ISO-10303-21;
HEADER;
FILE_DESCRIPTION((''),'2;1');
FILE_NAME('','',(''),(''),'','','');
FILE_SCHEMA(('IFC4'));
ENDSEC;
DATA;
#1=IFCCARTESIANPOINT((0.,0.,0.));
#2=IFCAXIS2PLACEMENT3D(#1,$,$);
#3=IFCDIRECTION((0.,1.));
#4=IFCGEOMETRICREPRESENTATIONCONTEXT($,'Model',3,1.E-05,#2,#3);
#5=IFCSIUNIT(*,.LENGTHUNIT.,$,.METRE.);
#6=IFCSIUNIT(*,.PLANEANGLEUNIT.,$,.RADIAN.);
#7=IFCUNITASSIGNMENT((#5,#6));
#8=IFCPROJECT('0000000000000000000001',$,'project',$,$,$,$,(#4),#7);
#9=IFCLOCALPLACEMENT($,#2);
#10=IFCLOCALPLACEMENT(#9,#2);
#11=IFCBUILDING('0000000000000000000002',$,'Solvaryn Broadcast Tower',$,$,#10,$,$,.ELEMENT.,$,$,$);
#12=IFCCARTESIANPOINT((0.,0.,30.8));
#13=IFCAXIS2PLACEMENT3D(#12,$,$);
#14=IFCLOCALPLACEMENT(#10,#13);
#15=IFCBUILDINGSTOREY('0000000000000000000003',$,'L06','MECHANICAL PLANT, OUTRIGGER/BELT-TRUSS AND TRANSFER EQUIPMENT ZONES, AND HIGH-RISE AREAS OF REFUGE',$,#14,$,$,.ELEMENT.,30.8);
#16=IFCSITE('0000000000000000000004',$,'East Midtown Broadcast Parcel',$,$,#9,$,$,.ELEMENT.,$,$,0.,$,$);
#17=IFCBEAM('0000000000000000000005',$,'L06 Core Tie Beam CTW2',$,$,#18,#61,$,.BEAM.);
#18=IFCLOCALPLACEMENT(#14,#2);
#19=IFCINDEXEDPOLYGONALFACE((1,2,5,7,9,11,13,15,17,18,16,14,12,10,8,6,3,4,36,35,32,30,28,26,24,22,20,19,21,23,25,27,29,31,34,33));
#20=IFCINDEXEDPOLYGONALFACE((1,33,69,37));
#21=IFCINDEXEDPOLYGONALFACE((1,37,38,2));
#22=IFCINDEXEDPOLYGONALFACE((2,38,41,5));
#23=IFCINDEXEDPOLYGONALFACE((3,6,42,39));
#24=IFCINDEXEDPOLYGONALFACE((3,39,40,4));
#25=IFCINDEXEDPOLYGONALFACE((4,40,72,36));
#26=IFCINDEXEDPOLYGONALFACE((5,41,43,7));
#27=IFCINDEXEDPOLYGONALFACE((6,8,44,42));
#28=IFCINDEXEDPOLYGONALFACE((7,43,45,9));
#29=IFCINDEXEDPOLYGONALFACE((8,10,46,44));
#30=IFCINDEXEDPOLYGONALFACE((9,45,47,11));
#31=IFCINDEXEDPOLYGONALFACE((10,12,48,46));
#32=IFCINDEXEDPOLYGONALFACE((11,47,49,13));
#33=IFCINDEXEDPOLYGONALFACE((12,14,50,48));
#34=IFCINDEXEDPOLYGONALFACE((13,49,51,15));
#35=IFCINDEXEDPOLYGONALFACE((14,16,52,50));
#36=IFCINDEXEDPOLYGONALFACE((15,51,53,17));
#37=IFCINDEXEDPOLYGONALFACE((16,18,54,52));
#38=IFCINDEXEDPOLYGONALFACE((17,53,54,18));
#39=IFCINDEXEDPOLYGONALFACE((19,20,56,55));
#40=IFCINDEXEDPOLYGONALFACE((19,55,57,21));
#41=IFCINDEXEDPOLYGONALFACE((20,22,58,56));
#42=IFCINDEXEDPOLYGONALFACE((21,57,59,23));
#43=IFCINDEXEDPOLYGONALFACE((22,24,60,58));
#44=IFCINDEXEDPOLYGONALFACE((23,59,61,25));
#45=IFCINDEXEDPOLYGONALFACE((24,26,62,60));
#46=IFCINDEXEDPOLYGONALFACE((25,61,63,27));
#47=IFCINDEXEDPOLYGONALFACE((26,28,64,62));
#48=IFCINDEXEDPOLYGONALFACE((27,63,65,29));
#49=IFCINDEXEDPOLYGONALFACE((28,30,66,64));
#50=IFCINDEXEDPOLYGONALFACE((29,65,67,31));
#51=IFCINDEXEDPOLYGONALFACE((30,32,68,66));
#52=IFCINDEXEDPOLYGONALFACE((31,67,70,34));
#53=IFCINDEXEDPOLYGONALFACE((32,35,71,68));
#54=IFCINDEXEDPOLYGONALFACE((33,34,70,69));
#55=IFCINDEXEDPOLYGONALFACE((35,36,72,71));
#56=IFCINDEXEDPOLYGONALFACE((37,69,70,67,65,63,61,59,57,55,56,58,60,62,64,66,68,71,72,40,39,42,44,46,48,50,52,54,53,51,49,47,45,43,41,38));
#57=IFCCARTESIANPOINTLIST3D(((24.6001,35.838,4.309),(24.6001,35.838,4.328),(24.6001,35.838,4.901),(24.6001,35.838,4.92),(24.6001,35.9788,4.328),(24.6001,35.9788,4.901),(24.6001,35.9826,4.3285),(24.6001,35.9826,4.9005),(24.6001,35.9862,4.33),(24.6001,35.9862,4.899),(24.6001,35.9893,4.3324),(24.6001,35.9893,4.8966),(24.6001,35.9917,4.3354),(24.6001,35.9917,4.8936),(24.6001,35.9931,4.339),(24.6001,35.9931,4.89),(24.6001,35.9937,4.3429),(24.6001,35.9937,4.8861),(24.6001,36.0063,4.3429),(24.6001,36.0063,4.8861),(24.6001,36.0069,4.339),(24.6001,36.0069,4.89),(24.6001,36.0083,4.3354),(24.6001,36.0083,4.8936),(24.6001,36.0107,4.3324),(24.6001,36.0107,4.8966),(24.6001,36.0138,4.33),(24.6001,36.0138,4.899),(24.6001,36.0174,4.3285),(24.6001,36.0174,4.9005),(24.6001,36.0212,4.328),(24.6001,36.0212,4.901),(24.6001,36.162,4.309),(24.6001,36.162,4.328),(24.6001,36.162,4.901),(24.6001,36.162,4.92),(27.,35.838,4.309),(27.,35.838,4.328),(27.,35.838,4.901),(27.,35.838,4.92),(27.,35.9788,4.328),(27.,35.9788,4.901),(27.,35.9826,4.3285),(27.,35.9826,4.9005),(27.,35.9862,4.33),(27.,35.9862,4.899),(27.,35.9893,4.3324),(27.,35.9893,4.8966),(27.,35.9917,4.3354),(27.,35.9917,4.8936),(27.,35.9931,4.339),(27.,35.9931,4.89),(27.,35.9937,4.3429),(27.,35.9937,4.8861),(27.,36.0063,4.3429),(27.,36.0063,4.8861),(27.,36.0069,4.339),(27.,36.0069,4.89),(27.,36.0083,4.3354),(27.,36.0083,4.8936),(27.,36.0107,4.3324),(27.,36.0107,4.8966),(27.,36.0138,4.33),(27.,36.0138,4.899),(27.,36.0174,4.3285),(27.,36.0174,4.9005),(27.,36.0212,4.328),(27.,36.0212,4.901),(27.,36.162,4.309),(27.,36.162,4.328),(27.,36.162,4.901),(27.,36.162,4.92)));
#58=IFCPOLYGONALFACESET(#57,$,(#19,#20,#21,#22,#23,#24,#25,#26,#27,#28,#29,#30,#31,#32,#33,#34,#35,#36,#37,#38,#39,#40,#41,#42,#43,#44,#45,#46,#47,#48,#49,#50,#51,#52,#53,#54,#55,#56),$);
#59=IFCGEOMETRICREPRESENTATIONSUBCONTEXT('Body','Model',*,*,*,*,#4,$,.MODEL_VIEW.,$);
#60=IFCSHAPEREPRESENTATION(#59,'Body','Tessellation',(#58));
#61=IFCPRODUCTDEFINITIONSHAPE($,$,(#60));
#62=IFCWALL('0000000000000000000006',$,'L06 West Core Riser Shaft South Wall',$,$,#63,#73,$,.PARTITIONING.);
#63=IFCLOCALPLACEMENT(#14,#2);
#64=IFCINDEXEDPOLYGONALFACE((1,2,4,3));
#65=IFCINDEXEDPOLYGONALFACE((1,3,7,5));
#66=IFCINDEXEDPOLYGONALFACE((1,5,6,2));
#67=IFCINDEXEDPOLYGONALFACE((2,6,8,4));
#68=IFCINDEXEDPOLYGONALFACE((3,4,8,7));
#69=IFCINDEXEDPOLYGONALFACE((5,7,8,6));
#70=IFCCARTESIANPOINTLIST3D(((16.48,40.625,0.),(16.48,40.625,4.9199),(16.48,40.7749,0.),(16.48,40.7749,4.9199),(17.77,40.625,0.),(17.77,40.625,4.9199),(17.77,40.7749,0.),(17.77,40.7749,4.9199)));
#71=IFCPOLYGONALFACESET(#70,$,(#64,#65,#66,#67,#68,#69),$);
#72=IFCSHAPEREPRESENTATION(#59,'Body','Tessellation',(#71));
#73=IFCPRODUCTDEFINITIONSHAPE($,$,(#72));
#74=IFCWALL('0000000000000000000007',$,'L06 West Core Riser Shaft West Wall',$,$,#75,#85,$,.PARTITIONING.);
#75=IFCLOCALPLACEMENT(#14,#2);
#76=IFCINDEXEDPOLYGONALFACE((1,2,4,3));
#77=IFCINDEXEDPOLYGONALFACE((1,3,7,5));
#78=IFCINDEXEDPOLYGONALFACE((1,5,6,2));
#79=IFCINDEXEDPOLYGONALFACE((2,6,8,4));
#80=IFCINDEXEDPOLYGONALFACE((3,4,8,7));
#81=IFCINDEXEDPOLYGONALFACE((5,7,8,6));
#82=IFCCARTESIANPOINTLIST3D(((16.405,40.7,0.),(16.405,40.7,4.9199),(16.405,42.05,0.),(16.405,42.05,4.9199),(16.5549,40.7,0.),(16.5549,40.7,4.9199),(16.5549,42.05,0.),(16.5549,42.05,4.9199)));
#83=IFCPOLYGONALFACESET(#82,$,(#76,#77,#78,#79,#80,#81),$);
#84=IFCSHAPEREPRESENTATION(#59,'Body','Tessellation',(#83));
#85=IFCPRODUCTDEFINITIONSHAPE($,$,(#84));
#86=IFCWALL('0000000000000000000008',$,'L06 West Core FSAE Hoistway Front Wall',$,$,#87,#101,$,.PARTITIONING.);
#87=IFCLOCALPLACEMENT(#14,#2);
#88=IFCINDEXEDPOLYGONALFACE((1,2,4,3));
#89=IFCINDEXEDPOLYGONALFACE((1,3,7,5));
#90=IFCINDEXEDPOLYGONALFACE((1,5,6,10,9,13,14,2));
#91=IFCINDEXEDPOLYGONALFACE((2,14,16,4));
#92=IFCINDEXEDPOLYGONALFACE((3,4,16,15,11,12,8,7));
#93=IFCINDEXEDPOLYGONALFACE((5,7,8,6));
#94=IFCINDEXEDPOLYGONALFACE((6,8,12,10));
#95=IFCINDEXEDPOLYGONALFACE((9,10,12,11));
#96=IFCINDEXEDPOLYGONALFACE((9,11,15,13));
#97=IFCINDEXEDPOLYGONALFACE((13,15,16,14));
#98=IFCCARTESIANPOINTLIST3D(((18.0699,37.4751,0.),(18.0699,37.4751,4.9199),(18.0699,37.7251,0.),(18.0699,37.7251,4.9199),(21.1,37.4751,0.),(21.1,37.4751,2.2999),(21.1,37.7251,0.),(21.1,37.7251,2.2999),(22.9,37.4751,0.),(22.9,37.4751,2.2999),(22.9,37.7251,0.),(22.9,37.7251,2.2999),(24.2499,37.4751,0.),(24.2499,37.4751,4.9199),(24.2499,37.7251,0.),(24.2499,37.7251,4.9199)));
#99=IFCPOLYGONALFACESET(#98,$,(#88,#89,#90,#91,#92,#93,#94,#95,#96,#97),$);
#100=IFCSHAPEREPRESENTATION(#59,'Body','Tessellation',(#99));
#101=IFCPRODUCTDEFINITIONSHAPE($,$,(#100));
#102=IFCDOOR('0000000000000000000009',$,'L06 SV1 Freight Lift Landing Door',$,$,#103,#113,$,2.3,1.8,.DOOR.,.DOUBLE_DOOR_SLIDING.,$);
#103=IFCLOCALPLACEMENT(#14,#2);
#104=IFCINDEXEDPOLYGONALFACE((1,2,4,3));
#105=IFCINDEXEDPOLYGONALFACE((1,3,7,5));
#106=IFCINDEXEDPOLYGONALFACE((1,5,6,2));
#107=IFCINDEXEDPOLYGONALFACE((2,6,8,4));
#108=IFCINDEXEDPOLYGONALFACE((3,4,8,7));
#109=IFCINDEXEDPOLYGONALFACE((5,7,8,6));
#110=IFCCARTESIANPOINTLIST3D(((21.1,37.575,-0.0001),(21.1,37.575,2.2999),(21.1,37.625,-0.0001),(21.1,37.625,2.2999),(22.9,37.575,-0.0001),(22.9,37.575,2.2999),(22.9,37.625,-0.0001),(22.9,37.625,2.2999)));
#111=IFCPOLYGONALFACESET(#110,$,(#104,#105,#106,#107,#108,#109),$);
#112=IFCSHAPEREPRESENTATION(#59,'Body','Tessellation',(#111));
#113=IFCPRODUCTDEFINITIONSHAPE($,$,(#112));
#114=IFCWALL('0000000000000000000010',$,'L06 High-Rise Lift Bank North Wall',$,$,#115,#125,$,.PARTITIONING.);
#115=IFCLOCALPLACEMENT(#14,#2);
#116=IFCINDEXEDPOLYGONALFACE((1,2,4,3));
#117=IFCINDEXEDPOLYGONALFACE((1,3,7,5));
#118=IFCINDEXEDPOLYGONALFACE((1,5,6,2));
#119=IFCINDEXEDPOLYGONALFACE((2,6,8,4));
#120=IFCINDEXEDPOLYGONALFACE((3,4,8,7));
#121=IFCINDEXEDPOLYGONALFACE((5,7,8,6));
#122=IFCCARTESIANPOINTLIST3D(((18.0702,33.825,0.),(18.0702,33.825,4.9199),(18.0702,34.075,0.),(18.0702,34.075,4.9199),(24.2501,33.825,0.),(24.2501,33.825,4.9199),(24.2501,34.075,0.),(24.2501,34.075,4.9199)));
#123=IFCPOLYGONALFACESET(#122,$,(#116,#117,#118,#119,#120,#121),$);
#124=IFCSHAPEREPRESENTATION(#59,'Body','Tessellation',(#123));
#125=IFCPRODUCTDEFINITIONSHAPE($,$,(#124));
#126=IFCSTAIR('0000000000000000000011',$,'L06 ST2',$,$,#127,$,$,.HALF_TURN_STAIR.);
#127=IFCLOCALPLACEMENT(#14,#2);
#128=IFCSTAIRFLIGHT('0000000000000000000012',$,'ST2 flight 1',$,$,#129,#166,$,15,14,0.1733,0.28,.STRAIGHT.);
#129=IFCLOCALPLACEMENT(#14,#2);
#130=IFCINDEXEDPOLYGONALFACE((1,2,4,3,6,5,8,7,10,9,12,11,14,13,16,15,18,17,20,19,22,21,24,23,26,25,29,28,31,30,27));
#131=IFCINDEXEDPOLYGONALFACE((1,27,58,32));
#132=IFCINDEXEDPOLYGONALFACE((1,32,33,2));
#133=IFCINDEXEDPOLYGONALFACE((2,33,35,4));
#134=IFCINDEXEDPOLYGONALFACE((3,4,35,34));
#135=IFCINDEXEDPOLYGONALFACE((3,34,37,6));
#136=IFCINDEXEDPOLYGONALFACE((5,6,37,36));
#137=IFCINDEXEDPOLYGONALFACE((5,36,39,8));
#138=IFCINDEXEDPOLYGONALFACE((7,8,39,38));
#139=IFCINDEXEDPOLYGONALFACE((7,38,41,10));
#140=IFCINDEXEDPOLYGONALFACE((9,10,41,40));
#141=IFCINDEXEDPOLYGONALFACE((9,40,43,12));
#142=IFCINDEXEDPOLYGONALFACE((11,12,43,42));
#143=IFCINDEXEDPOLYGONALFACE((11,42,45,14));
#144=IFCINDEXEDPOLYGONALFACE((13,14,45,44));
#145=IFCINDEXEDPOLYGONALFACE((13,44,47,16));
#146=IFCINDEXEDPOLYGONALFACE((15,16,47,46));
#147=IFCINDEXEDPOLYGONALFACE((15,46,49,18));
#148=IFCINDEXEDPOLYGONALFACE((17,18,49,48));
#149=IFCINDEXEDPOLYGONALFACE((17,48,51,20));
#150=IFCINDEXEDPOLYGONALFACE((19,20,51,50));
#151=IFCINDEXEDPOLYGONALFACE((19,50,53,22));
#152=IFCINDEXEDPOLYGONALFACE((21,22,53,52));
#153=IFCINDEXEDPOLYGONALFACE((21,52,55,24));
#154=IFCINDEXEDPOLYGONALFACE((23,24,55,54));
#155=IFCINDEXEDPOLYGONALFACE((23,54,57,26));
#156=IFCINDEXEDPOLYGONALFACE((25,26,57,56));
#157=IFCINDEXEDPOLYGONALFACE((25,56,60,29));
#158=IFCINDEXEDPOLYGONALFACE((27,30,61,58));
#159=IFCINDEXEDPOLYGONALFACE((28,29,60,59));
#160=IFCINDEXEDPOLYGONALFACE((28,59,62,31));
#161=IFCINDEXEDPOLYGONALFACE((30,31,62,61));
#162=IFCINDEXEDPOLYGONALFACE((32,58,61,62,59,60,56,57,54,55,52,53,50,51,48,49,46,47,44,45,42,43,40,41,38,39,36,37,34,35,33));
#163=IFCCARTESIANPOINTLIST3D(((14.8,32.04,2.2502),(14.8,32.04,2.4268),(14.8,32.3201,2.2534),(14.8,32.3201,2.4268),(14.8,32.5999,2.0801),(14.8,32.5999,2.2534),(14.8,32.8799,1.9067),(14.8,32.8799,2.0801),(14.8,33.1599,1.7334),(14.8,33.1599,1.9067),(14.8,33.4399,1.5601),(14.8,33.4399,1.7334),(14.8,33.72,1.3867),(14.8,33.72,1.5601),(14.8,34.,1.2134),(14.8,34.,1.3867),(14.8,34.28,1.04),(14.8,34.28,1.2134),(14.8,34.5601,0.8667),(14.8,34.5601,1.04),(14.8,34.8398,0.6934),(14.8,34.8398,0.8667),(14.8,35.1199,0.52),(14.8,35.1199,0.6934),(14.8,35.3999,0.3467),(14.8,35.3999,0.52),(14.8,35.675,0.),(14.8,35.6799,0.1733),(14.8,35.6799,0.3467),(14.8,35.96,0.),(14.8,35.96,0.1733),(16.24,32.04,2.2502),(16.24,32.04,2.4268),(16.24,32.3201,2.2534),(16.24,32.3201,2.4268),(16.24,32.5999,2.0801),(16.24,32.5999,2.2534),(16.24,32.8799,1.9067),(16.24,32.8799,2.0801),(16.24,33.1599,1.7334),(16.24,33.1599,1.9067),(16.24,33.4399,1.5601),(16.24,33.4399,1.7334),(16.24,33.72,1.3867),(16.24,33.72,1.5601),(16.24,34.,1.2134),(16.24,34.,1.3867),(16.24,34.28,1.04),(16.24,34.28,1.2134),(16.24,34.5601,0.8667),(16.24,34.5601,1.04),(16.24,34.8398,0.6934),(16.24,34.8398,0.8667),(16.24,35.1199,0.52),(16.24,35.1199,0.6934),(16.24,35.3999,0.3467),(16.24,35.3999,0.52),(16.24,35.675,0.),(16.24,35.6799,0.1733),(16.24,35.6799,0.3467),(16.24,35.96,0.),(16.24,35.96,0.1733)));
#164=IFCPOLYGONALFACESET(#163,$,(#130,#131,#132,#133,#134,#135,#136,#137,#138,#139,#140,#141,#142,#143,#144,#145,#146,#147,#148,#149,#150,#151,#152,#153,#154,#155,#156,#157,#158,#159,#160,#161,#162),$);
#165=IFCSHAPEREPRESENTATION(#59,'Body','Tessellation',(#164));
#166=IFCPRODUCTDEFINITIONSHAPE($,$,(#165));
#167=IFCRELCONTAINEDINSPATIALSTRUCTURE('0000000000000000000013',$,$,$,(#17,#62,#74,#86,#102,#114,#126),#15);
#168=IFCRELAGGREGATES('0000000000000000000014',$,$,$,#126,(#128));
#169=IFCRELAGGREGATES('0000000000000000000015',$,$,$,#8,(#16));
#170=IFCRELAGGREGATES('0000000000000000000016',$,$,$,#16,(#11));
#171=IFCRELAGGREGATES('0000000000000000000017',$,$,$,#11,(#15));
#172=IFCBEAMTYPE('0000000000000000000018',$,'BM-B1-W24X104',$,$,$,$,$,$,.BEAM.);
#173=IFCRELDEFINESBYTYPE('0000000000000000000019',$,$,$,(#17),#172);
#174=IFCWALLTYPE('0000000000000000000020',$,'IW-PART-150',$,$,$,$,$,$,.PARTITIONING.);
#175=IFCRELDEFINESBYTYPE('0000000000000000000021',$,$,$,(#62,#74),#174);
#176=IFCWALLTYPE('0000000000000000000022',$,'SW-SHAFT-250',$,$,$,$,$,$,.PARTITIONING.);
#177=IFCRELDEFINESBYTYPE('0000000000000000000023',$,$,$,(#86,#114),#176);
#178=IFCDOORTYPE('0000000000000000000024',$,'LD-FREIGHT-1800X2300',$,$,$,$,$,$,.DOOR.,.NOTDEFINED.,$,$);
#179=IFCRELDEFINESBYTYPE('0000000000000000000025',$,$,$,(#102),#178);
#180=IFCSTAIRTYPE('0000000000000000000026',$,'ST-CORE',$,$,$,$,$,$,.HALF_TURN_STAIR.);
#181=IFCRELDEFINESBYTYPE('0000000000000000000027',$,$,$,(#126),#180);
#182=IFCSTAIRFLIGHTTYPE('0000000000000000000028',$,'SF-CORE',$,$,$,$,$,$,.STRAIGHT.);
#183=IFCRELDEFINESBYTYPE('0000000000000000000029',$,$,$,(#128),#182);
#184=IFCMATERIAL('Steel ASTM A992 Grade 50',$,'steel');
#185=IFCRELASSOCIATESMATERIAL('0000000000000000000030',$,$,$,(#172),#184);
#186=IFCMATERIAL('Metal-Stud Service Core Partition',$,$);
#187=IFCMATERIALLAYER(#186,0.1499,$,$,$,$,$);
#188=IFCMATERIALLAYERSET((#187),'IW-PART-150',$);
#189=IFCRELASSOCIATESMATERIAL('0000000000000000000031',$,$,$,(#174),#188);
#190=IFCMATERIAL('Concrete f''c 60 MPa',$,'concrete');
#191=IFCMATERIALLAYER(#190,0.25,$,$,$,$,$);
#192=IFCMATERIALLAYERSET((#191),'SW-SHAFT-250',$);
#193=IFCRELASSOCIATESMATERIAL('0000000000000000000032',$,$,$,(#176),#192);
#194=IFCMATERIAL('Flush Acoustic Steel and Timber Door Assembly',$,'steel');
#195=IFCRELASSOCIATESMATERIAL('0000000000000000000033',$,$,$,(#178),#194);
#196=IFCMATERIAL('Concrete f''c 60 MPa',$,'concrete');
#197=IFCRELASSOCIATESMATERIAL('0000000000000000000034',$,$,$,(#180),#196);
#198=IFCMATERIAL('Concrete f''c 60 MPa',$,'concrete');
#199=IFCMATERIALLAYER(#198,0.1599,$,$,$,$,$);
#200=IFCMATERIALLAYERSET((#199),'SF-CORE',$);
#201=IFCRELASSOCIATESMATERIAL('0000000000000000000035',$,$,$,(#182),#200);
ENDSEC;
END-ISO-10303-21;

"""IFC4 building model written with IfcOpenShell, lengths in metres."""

from ifc_helpers import new_model, si_unit, direction, frame, frame_2d, origin, origin_2d, place, context, subcontext, project, spatial, polyline, rectangle, i_section, outline, extrude, material, layer, layer_set, material_profile, profile_set, type_object, element, fill, aggregate, save


model = new_model("IFC4")

# Units and contexts
model_context = context("Model", 3, precision=1e-05, world=origin(), true_north=direction((0.0, 1.0)))
body_context = subcontext(model_context, "Body", "Model", "MODEL_VIEW")
ifc_project = project(units=[si_unit("LENGTHUNIT", "METRE"), si_unit("PLANEANGLEUNIT", "RADIAN")], contexts=[model_context])

# Site, building, storey
site_placement = place(None, origin())
site = spatial("IfcSite", under=ifc_project, at=site_placement, Name="East Midtown Broadcast Parcel", CompositionType="ELEMENT", RefElevation=0.0)
building_placement = place(site_placement, origin())
building = spatial("IfcBuilding", under=site, at=building_placement, Name="Solvaryn Broadcast Tower", CompositionType="ELEMENT")
storey_placement = place(building_placement, frame((0.0, 0.0, 30.8)))
storey = spatial("IfcBuildingStorey", under=building, at=storey_placement, Name="L06", Description="MECHANICAL PLANT, OUTRIGGER/BELT-TRUSS AND TRANSFER EQUIPMENT ZONES, AND HIGH-RISE AREAS OF REFUGE", CompositionType="ELEMENT", Elevation=30.8)

# Beam
ifc_material_1 = material(Name="Steel ASTM A992 Grade 50", Category="steel")
ifc_material_profile = material_profile(ifc_material_1, i_section(OverallWidth=0.324, OverallDepth=0.6111, WebThickness=0.0127, FlangeThickness=0.019, FilletRadius=0.0149, at=origin_2d()))
ifc_profile_set = profile_set([ifc_material_profile], Name="Steel ASTM A992 Grade 50")
beam_type = type_object("IfcBeamType", Name="BM-B1-W24X104", PredefinedType="BEAM", material=ifc_profile_set)
beam_placement = place(storey_placement, frame((24.6001, 36.0, 4.6145), z_axis=(1.0, 0.0, 0.0), x_axis=(0.0, 1.0, 0.0)))
element("IfcBeam", 1, at=beam_placement, inside=storey, type_object=beam_type, Name="L06 Core Tie Beam CTW2", PredefinedType="BEAM", context=body_context, shape_type="SweptSolid", body=[
    extrude(i_section(OverallWidth=0.324, OverallDepth=0.6111, WebThickness=0.0127, FlangeThickness=0.019, FilletRadius=0.0149, at=origin_2d()), origin(), (0.0, 0.0, 1.0), 2.3999),
])

# Walls
ifc_material_2 = material(Name="Metal-Stud Service Core Partition")
ifc_layer_1 = layer(ifc_material_2, 0.1499)
ifc_layer_set_1 = layer_set([ifc_layer_1], Name="IW-PART-150")
wall_type_1 = type_object("IfcWallType", Name="IW-PART-150", PredefinedType="PARTITIONING", material=ifc_layer_set_1)
wall_1_placement = place(storey_placement, frame((16.48, 40.7, 0.0), z_axis=(0.0, 0.0, 1.0), x_axis=(1.0, 0.0, 0.0)))
element("IfcWall", 2, at=wall_1_placement, inside=storey, type_object=wall_type_1, Name="L06 West Core Riser Shaft South Wall", PredefinedType="PARTITIONING", context=body_context, shape_type="SweptSolid", body=[
    extrude(rectangle(XDim=1.29, YDim=0.1499, at=frame_2d((0.645, 0.0))), origin(), (0.0, 0.0, 1.0), 4.9199),
])
wall_2_placement = place(storey_placement, frame((16.48, 40.7, 0.0), z_axis=(0.0, 0.0, 1.0), x_axis=(0.0, 1.0, 0.0)))
element("IfcWall", 3, at=wall_2_placement, inside=storey, type_object=wall_type_1, Name="L06 West Core Riser Shaft West Wall", PredefinedType="PARTITIONING", context=body_context, shape_type="SweptSolid", body=[
    extrude(rectangle(XDim=1.3501, YDim=0.1499, at=frame_2d((0.675, 0.0))), origin(), (0.0, 0.0, 1.0), 4.9199),
])

# Wall, opening, door
ifc_material_3 = material(Name="Concrete f'c 60 MPa", Category="concrete")
ifc_layer_2 = layer(ifc_material_3, 0.25)
ifc_layer_set_2 = layer_set([ifc_layer_2], Name="SW-SHAFT-250")
wall_type_2 = type_object("IfcWallType", Name="SW-SHAFT-250", PredefinedType="PARTITIONING", material=ifc_layer_set_2)
wall_3_placement = place(storey_placement, frame((18.0701, 37.6001, 0.0), z_axis=(0.0, 0.0, 1.0), x_axis=(1.0, 0.0, 0.0)))
wall_3 = element("IfcWall", 4, at=wall_3_placement, inside=storey, type_object=wall_type_2, Name="L06 West Core FSAE Hoistway Front Wall", PredefinedType="PARTITIONING", context=body_context, shape_type="SweptSolid", body=[
    extrude(rectangle(XDim=6.1799, YDim=0.25, at=frame_2d((3.0898, 0.0))), origin(), (0.0, 0.0, 1.0), 4.9199),
])
opening_1_placement = place(wall_3_placement, frame((3.03, 0.0, 0.0)))
opening_1 = element("IfcOpeningElement", 5, at=opening_1_placement, cuts=wall_3, PredefinedType="OPENING", context=body_context, shape_type="SweptSolid", body=[
    extrude(rectangle(XDim=1.8, YDim=2.3, at=frame_2d((0.8999, 1.1499))), frame((0.0, 0.135, 0.0), z_axis=(0.0, -1.0, 0.0), x_axis=(1.0, 0.0, 0.0)), (0.0, 0.0, 1.0), 0.27),
])
ifc_material_4 = material(Name="Flush Acoustic Steel and Timber Door Assembly", Category="steel")
door_type_1 = type_object("IfcDoorType", Name="LD-FREIGHT-1800X2300", OperationType="NOTDEFINED", PredefinedType="DOOR", material=ifc_material_4)
door_1_placement = place(opening_1_placement, origin())
door_1 = element("IfcDoor", 6, at=door_1_placement, inside=storey, type_object=door_type_1, Name="L06 SV1 Freight Lift Landing Door", OperationType="DOUBLE_DOOR_SLIDING", OverallHeight=2.3, OverallWidth=1.8, PredefinedType="DOOR", context=body_context, shape_type="SweptSolid", body=[
    extrude(rectangle(XDim=1.8, YDim=2.3, at=frame_2d((0.8999, 1.1499))), frame((0.0, 0.0249, 0.0), z_axis=(0.0, -1.0, 0.0), x_axis=(1.0, 0.0, 0.0)), (0.0, 0.0, 1.0), 0.05),
])
fill(opening_1, door_1)

# Wall
wall_4_placement = place(storey_placement, frame((24.25, 33.95, 0.0), z_axis=(0.0, 0.0, 1.0), x_axis=(-1.0, 0.0, 0.0)))
element("IfcWall", 7, at=wall_4_placement, inside=storey, type_object=wall_type_2, Name="L06 High-Rise Lift Bank North Wall", PredefinedType="PARTITIONING", context=body_context, shape_type="SweptSolid", body=[
    extrude(rectangle(XDim=6.1799, YDim=0.25, at=frame_2d((3.0898, 0.0))), origin(), (0.0, 0.0, 1.0), 4.9199),
])

# Stair, stair flight
ifc_material_5 = material(Name="Concrete f'c 60 MPa", Category="concrete")
stair_type = type_object("IfcStairType", Name="ST-CORE", PredefinedType="HALF_TURN_STAIR", material=ifc_material_5)
stair_placement = place(storey_placement, origin())
stair = element("IfcStair", 8, at=stair_placement, inside=storey, type_object=stair_type, Name="L06 ST2", PredefinedType="HALF_TURN_STAIR")
ifc_material_6 = material(Name="Concrete f'c 60 MPa", Category="concrete")
ifc_layer_3 = layer(ifc_material_6, 0.1599)
ifc_layer_set_3 = layer_set([ifc_layer_3], Name="SF-CORE")
stair_flight_type = type_object("IfcStairFlightType", Name="SF-CORE", PredefinedType="STRAIGHT", material=ifc_layer_set_3)
stair_flight_1_placement = place(storey_placement, frame((15.52, 35.96, 0.0), z_axis=(0.0, 0.0, 1.0), x_axis=(0.0, -1.0, 0.0)))
stair_flight_1 = element("IfcStairFlight", 9, at=stair_flight_1_placement, type_object=stair_flight_type, Name="ST2 flight 1", NumberOfRisers=15, NumberOfTreads=14, PredefinedType="STRAIGHT", RiserHeight=0.1733, TreadLength=0.28, context=body_context, shape_type="SweptSolid", body=[
    extrude(outline(polyline([(0.0, 0.0), (0.0, 0.1733), (0.28, 0.1733), (0.28, 0.3467), (0.5601, 0.3467), (0.5601, 0.52), (0.8401, 0.52), (0.8401, 0.6934), (1.1201, 0.6934), (1.1201, 0.8667), (1.3999, 0.8667), (1.3999, 1.04), (1.6799, 1.04), (1.6799, 1.2134), (1.96, 1.2134), (1.96, 1.3867), (2.24, 1.3867), (2.24, 1.5601), (2.52, 1.5601), (2.52, 1.7334), (2.8, 1.7334), (2.8, 1.9067), (3.0801, 1.9067), (3.0801, 2.0801), (3.3601, 2.0801), (3.3601, 2.2534), (3.6399, 2.2534), (3.6399, 2.4268), (3.9199, 2.4268), (3.9199, 2.6001), (3.9199, 2.2502), (0.2849, 0.0), (0.0, 0.0)])), frame((0.0, 0.72, 0.0), z_axis=(0.0, -1.0, 0.0), x_axis=(1.0, 0.0, 0.0)), (0.0, 0.0, 1.0), 1.4399),
])
aggregate(stair, [stair_flight_1])

save(model, "model.ifc")
